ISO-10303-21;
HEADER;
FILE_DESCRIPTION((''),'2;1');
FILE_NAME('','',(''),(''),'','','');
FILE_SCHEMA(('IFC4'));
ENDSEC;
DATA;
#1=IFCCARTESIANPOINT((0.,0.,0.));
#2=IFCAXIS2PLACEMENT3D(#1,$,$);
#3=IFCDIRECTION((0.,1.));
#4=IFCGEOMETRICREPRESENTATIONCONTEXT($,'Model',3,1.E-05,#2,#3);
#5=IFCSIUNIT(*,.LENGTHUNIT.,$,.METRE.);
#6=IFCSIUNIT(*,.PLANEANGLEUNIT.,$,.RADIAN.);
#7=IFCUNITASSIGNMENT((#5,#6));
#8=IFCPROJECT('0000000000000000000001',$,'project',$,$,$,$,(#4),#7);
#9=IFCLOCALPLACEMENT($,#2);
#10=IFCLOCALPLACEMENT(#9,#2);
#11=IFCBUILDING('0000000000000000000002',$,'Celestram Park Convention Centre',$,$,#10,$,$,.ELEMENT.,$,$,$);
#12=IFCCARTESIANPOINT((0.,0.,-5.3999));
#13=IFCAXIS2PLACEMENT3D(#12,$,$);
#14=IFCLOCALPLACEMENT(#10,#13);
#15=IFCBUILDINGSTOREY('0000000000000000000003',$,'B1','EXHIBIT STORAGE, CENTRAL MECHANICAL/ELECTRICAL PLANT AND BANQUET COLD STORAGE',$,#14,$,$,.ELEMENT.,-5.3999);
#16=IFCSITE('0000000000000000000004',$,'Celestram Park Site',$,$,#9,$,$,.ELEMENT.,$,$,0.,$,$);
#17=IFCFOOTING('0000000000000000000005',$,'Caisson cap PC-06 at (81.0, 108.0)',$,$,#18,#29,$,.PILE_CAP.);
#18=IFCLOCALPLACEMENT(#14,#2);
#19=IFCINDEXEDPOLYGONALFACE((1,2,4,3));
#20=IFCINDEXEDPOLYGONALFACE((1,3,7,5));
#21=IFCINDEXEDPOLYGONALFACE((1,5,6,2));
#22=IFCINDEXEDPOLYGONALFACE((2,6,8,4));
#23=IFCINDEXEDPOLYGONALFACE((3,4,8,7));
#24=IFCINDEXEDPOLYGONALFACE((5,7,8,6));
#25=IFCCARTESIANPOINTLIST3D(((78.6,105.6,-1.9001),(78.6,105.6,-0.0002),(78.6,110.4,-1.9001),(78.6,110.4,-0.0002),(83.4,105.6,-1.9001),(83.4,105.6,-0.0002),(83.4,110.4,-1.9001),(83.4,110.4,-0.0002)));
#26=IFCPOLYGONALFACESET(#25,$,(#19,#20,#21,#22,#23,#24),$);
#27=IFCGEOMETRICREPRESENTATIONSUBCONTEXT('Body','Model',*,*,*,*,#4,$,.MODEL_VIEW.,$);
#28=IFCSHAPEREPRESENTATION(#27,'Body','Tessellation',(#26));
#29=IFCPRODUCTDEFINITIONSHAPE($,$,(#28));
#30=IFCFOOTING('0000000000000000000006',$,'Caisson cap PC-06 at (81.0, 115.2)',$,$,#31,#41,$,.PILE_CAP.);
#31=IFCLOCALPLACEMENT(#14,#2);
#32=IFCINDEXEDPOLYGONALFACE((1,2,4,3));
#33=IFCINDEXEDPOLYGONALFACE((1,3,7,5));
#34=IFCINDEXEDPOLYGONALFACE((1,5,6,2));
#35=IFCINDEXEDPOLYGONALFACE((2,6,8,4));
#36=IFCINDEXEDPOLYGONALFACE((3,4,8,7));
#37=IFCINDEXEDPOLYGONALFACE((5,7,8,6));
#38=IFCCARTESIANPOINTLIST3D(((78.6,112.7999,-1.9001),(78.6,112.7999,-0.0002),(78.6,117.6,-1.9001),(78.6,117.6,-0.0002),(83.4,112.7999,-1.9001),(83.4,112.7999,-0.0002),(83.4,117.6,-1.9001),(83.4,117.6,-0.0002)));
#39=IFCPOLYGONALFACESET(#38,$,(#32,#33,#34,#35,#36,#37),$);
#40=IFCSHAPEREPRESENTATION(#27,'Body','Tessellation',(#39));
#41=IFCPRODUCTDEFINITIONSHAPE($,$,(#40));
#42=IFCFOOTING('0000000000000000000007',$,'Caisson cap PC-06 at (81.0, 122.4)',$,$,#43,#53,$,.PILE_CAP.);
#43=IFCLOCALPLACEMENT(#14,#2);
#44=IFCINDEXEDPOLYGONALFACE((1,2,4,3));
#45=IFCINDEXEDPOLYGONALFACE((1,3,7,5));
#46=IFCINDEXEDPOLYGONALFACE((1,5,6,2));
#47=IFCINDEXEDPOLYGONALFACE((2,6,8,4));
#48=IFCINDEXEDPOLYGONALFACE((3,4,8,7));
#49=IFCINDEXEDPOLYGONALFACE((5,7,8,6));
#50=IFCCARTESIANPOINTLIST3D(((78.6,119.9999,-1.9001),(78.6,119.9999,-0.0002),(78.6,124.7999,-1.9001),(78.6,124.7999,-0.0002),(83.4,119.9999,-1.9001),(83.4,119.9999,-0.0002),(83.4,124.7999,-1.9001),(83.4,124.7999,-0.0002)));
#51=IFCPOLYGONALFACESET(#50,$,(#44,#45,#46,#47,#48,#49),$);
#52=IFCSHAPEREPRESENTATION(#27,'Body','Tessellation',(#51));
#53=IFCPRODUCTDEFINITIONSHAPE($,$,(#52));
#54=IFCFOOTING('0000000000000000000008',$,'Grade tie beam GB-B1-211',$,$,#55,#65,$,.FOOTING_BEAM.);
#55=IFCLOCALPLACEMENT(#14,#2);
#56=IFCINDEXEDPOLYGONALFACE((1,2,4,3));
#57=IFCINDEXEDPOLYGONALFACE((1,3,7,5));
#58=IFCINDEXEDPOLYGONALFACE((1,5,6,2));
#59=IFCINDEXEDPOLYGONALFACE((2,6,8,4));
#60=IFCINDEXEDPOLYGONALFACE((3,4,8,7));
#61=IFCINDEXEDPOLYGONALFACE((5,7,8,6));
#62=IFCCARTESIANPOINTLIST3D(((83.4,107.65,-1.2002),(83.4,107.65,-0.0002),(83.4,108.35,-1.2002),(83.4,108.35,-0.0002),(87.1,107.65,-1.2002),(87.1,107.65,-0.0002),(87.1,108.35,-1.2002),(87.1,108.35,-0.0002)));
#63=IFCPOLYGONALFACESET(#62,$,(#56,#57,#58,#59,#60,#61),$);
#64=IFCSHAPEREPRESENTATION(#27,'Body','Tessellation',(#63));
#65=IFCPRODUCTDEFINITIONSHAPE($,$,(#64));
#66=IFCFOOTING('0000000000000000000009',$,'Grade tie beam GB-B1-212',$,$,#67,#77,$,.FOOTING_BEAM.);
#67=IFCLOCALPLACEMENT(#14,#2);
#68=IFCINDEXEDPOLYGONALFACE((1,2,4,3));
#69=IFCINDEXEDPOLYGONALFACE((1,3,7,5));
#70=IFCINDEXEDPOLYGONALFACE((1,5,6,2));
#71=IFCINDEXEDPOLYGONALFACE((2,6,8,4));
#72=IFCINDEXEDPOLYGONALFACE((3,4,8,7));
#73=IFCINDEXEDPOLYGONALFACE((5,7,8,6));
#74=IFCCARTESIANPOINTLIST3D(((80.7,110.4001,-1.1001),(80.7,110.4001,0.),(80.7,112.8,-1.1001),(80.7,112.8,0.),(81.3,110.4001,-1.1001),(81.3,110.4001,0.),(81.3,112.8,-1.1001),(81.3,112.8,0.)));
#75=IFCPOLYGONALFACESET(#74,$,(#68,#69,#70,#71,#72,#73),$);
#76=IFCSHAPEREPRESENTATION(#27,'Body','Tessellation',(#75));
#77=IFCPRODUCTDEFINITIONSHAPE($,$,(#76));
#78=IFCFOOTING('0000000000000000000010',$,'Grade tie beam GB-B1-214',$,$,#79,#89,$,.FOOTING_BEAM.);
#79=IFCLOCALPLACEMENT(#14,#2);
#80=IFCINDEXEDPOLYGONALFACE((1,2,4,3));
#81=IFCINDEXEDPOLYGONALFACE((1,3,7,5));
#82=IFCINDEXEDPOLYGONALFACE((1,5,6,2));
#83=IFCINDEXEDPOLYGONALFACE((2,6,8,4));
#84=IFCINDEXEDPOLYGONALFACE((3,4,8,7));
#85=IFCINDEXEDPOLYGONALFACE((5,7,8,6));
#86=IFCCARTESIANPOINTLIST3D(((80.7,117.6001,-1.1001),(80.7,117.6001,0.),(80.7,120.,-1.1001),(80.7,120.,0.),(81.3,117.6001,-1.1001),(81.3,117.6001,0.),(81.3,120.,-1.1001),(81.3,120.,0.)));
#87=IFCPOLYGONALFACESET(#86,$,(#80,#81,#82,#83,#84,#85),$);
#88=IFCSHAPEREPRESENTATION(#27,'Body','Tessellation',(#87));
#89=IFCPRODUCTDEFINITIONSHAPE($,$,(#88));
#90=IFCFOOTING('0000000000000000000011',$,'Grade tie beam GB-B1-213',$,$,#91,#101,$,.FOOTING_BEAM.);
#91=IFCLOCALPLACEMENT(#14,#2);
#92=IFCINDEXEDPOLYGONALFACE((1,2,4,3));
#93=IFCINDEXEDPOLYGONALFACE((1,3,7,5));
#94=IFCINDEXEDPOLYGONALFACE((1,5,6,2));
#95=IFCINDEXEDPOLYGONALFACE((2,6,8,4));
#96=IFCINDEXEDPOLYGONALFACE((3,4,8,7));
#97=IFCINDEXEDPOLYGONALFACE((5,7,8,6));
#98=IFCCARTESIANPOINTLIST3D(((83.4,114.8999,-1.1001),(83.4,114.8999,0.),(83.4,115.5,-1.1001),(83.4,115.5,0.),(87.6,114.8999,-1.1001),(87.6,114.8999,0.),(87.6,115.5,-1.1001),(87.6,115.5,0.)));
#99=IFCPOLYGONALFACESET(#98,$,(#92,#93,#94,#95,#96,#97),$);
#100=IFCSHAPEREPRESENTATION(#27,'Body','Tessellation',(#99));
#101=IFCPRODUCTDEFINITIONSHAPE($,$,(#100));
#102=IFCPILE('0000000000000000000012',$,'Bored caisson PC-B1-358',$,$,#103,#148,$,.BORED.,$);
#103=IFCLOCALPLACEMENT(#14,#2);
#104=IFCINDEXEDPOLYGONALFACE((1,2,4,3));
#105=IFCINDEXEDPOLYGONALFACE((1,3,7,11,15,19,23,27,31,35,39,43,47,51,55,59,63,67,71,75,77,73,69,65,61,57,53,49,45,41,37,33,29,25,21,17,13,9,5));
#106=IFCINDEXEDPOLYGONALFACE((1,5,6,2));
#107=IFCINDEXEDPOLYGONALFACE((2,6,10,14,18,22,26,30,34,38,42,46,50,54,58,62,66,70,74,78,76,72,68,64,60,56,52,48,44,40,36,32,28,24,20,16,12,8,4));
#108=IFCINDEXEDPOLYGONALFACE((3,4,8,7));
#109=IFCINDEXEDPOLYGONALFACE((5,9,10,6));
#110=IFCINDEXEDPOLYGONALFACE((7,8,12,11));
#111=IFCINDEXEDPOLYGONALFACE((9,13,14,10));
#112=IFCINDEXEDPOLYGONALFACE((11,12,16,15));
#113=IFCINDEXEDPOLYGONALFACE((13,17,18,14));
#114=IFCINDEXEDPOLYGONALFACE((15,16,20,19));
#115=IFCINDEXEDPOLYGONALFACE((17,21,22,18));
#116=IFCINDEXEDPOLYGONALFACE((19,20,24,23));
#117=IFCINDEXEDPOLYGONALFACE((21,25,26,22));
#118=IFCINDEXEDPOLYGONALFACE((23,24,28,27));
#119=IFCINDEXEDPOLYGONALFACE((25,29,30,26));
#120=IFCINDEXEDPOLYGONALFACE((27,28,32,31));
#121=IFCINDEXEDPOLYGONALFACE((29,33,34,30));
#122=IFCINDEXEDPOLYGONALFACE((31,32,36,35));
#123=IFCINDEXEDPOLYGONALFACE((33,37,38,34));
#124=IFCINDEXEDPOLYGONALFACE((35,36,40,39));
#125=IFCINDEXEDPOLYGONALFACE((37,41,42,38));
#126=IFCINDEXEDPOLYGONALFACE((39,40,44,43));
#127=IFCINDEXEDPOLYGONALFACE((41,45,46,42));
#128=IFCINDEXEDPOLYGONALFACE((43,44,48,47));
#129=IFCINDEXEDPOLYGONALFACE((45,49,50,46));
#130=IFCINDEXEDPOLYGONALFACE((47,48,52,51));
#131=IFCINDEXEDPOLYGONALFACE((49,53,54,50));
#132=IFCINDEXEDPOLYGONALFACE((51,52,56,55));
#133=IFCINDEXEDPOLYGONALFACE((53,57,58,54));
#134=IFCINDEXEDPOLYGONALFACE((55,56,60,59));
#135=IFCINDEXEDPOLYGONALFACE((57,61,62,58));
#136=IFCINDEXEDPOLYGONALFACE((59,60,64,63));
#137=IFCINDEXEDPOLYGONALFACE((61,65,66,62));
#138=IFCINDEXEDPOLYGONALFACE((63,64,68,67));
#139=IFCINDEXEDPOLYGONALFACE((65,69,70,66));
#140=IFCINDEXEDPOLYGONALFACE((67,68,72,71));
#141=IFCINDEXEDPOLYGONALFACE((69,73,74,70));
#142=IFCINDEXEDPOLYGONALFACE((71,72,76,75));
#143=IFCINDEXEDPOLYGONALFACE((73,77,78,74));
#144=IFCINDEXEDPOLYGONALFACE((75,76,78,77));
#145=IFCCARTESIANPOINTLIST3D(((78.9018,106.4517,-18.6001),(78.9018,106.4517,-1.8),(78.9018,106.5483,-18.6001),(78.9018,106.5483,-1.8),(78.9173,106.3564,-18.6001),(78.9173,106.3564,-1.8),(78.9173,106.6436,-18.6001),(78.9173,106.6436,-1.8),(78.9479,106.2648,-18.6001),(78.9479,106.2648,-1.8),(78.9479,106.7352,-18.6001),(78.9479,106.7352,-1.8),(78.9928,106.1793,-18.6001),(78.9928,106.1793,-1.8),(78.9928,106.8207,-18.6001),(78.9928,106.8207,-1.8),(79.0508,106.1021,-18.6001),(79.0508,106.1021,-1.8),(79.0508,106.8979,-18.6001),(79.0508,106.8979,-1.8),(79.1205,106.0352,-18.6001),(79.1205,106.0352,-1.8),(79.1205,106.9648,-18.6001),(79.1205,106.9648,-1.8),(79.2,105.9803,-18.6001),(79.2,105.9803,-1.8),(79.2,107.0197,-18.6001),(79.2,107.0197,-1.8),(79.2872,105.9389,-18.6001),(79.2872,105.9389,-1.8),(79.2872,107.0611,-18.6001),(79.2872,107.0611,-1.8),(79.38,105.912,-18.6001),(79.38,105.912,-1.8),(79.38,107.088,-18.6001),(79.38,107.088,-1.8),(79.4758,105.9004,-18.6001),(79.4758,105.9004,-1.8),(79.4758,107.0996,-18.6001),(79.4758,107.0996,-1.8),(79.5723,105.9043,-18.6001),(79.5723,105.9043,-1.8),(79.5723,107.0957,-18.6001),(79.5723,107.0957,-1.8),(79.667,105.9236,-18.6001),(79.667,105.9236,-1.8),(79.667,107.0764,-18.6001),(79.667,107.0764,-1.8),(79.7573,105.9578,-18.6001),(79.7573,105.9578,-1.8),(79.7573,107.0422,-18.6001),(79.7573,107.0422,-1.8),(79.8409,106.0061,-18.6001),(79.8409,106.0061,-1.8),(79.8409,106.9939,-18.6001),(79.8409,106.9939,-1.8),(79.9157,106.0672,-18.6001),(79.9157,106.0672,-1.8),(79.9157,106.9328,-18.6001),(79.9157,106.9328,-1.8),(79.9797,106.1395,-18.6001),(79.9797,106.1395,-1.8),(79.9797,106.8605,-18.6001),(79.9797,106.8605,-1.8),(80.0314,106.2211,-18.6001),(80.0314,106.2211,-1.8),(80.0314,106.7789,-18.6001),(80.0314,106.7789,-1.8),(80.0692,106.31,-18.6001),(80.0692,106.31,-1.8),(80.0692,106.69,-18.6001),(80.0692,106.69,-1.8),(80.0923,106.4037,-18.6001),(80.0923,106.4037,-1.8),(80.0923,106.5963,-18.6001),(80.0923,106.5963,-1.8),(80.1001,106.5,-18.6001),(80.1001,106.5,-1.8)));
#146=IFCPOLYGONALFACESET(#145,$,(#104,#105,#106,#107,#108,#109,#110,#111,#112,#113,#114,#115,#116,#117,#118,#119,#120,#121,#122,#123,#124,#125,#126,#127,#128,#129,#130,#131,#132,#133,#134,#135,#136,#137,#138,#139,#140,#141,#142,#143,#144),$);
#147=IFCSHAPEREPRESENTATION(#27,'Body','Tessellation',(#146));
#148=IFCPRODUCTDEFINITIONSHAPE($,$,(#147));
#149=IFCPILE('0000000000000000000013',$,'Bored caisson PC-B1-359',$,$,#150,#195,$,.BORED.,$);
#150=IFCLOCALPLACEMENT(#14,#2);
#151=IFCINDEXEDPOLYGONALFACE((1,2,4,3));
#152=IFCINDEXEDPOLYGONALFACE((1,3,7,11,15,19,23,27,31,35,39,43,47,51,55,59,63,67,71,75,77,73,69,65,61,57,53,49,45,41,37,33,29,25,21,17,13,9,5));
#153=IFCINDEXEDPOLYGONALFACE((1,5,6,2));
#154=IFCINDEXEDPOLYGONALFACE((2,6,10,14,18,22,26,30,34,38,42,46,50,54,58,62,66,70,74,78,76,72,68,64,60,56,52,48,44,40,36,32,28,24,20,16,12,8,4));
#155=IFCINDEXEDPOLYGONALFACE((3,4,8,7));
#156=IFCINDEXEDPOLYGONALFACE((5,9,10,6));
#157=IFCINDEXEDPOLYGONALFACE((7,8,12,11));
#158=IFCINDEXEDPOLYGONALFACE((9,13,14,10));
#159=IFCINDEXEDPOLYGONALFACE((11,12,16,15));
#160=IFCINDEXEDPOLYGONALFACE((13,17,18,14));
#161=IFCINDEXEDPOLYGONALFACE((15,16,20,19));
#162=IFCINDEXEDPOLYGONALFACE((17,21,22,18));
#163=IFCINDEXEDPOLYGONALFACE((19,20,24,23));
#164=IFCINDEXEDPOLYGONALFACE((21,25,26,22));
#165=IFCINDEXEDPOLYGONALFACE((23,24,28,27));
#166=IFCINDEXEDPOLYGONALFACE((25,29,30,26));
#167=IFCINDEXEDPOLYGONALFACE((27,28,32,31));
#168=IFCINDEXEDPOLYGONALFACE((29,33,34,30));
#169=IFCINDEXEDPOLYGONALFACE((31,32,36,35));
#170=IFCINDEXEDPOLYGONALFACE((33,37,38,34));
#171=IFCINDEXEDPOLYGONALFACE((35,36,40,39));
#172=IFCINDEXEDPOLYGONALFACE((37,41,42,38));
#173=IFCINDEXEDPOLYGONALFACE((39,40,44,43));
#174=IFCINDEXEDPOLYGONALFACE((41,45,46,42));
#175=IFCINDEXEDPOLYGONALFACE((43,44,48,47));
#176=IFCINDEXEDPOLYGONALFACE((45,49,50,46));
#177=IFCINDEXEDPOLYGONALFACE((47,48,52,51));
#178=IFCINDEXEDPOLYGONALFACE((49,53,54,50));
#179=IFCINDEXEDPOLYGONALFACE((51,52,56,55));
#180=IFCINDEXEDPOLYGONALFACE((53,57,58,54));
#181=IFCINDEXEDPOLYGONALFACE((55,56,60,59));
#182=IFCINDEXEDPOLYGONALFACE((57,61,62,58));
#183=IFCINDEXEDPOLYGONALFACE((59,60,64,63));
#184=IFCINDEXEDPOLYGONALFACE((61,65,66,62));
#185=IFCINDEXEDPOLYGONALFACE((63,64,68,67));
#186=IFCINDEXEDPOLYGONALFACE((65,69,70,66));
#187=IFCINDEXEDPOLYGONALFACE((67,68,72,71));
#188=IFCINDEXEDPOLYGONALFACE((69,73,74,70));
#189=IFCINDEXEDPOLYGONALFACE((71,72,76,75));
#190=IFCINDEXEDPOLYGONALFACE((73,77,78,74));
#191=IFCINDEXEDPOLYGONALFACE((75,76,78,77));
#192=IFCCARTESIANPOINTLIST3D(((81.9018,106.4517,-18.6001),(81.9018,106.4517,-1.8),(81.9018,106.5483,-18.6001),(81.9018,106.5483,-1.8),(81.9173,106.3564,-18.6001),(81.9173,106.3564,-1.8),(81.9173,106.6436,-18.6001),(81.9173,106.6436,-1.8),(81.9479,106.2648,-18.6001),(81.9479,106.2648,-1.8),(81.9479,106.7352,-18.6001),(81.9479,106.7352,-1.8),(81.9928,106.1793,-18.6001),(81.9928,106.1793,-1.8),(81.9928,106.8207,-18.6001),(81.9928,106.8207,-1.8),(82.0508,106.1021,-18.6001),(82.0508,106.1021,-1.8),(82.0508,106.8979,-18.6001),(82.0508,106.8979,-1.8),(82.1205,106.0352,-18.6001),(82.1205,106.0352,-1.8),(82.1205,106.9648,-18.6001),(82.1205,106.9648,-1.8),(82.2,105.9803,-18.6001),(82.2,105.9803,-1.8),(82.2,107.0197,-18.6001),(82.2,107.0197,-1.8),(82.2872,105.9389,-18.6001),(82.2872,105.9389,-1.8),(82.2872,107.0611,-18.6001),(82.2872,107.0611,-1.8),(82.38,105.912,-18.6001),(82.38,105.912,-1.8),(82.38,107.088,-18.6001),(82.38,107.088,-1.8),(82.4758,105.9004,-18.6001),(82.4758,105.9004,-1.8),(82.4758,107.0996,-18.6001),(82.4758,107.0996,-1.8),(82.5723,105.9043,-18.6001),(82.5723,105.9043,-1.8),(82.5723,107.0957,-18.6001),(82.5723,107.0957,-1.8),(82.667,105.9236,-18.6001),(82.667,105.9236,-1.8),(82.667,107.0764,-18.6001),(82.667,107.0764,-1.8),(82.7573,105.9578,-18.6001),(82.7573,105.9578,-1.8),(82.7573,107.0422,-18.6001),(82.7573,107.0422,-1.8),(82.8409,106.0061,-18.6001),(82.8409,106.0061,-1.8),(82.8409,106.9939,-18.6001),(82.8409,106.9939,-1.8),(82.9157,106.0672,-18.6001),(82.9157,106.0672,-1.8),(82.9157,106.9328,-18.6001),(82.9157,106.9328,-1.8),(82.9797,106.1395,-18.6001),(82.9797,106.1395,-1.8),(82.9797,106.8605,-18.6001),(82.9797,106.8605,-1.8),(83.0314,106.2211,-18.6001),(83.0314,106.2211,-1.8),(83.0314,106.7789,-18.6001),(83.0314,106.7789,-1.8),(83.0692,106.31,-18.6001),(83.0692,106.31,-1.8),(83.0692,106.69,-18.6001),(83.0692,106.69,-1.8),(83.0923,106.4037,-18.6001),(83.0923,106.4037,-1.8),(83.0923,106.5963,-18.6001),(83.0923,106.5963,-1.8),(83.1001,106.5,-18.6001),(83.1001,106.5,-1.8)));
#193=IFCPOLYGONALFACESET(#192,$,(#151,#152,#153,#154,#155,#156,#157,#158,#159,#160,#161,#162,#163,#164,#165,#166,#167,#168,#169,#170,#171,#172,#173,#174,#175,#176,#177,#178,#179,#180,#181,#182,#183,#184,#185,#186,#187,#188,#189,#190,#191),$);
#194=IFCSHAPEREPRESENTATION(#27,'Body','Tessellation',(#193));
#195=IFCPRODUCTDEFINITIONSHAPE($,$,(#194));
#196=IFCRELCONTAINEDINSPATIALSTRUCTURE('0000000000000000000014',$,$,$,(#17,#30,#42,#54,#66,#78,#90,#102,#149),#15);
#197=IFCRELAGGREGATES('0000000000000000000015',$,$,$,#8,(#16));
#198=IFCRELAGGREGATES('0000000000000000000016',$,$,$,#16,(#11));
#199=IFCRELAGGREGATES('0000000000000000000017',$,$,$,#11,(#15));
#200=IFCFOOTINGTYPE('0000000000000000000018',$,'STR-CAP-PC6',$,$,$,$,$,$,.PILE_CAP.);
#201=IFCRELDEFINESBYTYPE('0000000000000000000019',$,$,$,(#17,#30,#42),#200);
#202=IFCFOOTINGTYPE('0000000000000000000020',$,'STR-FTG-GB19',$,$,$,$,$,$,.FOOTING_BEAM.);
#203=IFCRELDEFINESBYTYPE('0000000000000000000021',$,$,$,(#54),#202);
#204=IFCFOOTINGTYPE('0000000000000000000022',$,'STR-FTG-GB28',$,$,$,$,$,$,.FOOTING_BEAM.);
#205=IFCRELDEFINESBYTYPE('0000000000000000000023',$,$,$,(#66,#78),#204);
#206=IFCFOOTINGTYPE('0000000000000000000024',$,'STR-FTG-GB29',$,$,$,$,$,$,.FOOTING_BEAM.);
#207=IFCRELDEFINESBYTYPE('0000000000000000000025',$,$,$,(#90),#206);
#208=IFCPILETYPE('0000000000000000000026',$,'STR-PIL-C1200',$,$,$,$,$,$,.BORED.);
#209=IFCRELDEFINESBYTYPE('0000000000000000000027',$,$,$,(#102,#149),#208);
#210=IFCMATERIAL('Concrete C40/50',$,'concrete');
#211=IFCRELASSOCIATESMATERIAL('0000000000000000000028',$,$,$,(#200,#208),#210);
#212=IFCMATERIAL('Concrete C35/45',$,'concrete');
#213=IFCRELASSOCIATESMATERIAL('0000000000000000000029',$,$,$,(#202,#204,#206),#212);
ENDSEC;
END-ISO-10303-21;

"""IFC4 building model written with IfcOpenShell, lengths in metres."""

from ifc_helpers import new_model, si_unit, direction, frame, origin, origin_2d, place, context, subcontext, project, spatial, rectangle, circle, extrude, material, material_profile, profile_set, type_object, element, save


model = new_model("IFC4")

# Units and contexts
model_context = context("Model", 3, precision=1e-05, world=origin(), true_north=direction((0.0, 1.0)))
body_context = subcontext(model_context, "Body", "Model", "MODEL_VIEW")
ifc_project = project(units=[si_unit("LENGTHUNIT", "METRE"), si_unit("PLANEANGLEUNIT", "RADIAN")], contexts=[model_context])

# Site, building, storey
site_placement = place(None, origin())
site = spatial("IfcSite", under=ifc_project, at=site_placement, Name="Celestram Park Site", CompositionType="ELEMENT", RefElevation=0.0)
building_placement = place(site_placement, origin())
building = spatial("IfcBuilding", under=site, at=building_placement, Name="Celestram Park Convention Centre", CompositionType="ELEMENT")
storey_placement = place(building_placement, frame((0.0, 0.0, -5.3999)))
storey = spatial("IfcBuildingStorey", under=building, at=storey_placement, Name="B1", Description="EXHIBIT STORAGE, CENTRAL MECHANICAL/ELECTRICAL PLANT AND BANQUET COLD STORAGE", CompositionType="ELEMENT", Elevation=-5.3999)

# Footings
ifc_material_1 = material(Name="Concrete C40/50", Category="concrete")
footing_type_1 = type_object("IfcFootingType", Name="STR-CAP-PC6", PredefinedType="PILE_CAP", material=ifc_material_1)
for number, where, z_axis, x_axis, name in (
    (1, (81.0, 108.0, -1.9001), (0.0, 0.0, 1.0), (1.0, 0.0, 0.0), "Caisson cap PC-06 at (81.0, 108.0)"),
    (2, (81.0, 115.2, -1.9001), (0.0, 0.0, 1.0), (1.0, 0.0, 0.0), "Caisson cap PC-06 at (81.0, 115.2)"),
    (3, (81.0, 122.3999, -1.9001), (0.0, 0.0, 1.0), (1.0, 0.0, 0.0), "Caisson cap PC-06 at (81.0, 122.4)"),
):
    element("IfcFooting", number, at=place(storey_placement, frame(where, z_axis=z_axis, x_axis=x_axis)), inside=storey, type_object=footing_type_1, Name=name, PredefinedType="PILE_CAP", context=body_context, shape_type="SweptSolid", body=[
        extrude(rectangle(XDim=4.8, YDim=4.8, at=origin_2d()), origin(), (0.0, 0.0, 1.0), 1.8999),
    ])
ifc_material_2 = material(Name="Concrete C35/45", Category="concrete")
footing_type_2 = type_object("IfcFootingType", Name="STR-FTG-GB19", PredefinedType="FOOTING_BEAM", material=ifc_material_2)
footing_1_placement = place(storey_placement, frame((85.25, 108.0, -1.2002), z_axis=(0.0, 0.0, 1.0), x_axis=(1.0, 0.0, 0.0)))
element("IfcFooting", 4, at=footing_1_placement, inside=storey, type_object=footing_type_2, Name="Grade tie beam GB-B1-211", PredefinedType="FOOTING_BEAM", context=body_context, shape_type="SweptSolid", body=[
    extrude(rectangle(XDim=3.7, YDim=0.7, at=origin_2d()), origin(), (0.0, 0.0, 1.0), 1.2),
])
footing_type_3 = type_object("IfcFootingType", Name="STR-FTG-GB28", PredefinedType="FOOTING_BEAM", material=ifc_material_2)
for number, where, z_axis, x_axis, name in (
    (5, (81.0, 111.6001, -1.1001), (0.0, 0.0, 1.0), (0.0, 1.0, 0.0), "Grade tie beam GB-B1-212"),
    (6, (81.0, 118.8, -1.1001), (0.0, 0.0, 1.0), (0.0, 1.0, 0.0), "Grade tie beam GB-B1-214"),
):
    element("IfcFooting", number, at=place(storey_placement, frame(where, z_axis=z_axis, x_axis=x_axis)), inside=storey, type_object=footing_type_3, Name=name, PredefinedType="FOOTING_BEAM", context=body_context, shape_type="SweptSolid", body=[
        extrude(rectangle(XDim=2.3999, YDim=0.6001, at=origin_2d()), origin(), (0.0, 0.0, 1.0), 1.1001),
    ])
footing_type_4 = type_object("IfcFootingType", Name="STR-FTG-GB29", PredefinedType="FOOTING_BEAM", material=ifc_material_2)
footing_2_placement = place(storey_placement, frame((85.5, 115.2, -1.1001), z_axis=(0.0, 0.0, 1.0), x_axis=(1.0, 0.0, 0.0)))
element("IfcFooting", 7, at=footing_2_placement, inside=storey, type_object=footing_type_4, Name="Grade tie beam GB-B1-213", PredefinedType="FOOTING_BEAM", context=body_context, shape_type="SweptSolid", body=[
    extrude(rectangle(XDim=4.2, YDim=0.6001, at=origin_2d()), origin(), (0.0, 0.0, 1.0), 1.1001),
])

# Piles
ifc_material_profile_1 = material_profile(ifc_material_1, circle(Radius=0.6001, at=origin_2d()), Name="CAISSON1200")
ifc_profile_set_1 = profile_set([ifc_material_profile_1], Name="Concrete C40/50")
pile_type = type_object("IfcPileType", Name="STR-PIL-C1200", PredefinedType="BORED", material=ifc_profile_set_1)
for number, where, z_axis, x_axis, name in (
    (8, (79.5, 106.5, -1.8), (0.0, 0.0, -1.0), (1.0, 0.0, 0.0), "Bored caisson PC-B1-358"),
    (9, (82.5, 106.5, -1.8), (0.0, 0.0, -1.0), (1.0, 0.0, 0.0), "Bored caisson PC-B1-359"),
):
    element("IfcPile", number, at=place(storey_placement, frame(where, z_axis=z_axis, x_axis=x_axis)), inside=storey, type_object=pile_type, Name=name, PredefinedType="BORED", context=body_context, shape_type="SweptSolid", body=[
        extrude(circle(Radius=0.6001, at=origin_2d()), origin(), (0.0, 0.0, 1.0), 16.8),
    ])

save(model, "model.ifc")
